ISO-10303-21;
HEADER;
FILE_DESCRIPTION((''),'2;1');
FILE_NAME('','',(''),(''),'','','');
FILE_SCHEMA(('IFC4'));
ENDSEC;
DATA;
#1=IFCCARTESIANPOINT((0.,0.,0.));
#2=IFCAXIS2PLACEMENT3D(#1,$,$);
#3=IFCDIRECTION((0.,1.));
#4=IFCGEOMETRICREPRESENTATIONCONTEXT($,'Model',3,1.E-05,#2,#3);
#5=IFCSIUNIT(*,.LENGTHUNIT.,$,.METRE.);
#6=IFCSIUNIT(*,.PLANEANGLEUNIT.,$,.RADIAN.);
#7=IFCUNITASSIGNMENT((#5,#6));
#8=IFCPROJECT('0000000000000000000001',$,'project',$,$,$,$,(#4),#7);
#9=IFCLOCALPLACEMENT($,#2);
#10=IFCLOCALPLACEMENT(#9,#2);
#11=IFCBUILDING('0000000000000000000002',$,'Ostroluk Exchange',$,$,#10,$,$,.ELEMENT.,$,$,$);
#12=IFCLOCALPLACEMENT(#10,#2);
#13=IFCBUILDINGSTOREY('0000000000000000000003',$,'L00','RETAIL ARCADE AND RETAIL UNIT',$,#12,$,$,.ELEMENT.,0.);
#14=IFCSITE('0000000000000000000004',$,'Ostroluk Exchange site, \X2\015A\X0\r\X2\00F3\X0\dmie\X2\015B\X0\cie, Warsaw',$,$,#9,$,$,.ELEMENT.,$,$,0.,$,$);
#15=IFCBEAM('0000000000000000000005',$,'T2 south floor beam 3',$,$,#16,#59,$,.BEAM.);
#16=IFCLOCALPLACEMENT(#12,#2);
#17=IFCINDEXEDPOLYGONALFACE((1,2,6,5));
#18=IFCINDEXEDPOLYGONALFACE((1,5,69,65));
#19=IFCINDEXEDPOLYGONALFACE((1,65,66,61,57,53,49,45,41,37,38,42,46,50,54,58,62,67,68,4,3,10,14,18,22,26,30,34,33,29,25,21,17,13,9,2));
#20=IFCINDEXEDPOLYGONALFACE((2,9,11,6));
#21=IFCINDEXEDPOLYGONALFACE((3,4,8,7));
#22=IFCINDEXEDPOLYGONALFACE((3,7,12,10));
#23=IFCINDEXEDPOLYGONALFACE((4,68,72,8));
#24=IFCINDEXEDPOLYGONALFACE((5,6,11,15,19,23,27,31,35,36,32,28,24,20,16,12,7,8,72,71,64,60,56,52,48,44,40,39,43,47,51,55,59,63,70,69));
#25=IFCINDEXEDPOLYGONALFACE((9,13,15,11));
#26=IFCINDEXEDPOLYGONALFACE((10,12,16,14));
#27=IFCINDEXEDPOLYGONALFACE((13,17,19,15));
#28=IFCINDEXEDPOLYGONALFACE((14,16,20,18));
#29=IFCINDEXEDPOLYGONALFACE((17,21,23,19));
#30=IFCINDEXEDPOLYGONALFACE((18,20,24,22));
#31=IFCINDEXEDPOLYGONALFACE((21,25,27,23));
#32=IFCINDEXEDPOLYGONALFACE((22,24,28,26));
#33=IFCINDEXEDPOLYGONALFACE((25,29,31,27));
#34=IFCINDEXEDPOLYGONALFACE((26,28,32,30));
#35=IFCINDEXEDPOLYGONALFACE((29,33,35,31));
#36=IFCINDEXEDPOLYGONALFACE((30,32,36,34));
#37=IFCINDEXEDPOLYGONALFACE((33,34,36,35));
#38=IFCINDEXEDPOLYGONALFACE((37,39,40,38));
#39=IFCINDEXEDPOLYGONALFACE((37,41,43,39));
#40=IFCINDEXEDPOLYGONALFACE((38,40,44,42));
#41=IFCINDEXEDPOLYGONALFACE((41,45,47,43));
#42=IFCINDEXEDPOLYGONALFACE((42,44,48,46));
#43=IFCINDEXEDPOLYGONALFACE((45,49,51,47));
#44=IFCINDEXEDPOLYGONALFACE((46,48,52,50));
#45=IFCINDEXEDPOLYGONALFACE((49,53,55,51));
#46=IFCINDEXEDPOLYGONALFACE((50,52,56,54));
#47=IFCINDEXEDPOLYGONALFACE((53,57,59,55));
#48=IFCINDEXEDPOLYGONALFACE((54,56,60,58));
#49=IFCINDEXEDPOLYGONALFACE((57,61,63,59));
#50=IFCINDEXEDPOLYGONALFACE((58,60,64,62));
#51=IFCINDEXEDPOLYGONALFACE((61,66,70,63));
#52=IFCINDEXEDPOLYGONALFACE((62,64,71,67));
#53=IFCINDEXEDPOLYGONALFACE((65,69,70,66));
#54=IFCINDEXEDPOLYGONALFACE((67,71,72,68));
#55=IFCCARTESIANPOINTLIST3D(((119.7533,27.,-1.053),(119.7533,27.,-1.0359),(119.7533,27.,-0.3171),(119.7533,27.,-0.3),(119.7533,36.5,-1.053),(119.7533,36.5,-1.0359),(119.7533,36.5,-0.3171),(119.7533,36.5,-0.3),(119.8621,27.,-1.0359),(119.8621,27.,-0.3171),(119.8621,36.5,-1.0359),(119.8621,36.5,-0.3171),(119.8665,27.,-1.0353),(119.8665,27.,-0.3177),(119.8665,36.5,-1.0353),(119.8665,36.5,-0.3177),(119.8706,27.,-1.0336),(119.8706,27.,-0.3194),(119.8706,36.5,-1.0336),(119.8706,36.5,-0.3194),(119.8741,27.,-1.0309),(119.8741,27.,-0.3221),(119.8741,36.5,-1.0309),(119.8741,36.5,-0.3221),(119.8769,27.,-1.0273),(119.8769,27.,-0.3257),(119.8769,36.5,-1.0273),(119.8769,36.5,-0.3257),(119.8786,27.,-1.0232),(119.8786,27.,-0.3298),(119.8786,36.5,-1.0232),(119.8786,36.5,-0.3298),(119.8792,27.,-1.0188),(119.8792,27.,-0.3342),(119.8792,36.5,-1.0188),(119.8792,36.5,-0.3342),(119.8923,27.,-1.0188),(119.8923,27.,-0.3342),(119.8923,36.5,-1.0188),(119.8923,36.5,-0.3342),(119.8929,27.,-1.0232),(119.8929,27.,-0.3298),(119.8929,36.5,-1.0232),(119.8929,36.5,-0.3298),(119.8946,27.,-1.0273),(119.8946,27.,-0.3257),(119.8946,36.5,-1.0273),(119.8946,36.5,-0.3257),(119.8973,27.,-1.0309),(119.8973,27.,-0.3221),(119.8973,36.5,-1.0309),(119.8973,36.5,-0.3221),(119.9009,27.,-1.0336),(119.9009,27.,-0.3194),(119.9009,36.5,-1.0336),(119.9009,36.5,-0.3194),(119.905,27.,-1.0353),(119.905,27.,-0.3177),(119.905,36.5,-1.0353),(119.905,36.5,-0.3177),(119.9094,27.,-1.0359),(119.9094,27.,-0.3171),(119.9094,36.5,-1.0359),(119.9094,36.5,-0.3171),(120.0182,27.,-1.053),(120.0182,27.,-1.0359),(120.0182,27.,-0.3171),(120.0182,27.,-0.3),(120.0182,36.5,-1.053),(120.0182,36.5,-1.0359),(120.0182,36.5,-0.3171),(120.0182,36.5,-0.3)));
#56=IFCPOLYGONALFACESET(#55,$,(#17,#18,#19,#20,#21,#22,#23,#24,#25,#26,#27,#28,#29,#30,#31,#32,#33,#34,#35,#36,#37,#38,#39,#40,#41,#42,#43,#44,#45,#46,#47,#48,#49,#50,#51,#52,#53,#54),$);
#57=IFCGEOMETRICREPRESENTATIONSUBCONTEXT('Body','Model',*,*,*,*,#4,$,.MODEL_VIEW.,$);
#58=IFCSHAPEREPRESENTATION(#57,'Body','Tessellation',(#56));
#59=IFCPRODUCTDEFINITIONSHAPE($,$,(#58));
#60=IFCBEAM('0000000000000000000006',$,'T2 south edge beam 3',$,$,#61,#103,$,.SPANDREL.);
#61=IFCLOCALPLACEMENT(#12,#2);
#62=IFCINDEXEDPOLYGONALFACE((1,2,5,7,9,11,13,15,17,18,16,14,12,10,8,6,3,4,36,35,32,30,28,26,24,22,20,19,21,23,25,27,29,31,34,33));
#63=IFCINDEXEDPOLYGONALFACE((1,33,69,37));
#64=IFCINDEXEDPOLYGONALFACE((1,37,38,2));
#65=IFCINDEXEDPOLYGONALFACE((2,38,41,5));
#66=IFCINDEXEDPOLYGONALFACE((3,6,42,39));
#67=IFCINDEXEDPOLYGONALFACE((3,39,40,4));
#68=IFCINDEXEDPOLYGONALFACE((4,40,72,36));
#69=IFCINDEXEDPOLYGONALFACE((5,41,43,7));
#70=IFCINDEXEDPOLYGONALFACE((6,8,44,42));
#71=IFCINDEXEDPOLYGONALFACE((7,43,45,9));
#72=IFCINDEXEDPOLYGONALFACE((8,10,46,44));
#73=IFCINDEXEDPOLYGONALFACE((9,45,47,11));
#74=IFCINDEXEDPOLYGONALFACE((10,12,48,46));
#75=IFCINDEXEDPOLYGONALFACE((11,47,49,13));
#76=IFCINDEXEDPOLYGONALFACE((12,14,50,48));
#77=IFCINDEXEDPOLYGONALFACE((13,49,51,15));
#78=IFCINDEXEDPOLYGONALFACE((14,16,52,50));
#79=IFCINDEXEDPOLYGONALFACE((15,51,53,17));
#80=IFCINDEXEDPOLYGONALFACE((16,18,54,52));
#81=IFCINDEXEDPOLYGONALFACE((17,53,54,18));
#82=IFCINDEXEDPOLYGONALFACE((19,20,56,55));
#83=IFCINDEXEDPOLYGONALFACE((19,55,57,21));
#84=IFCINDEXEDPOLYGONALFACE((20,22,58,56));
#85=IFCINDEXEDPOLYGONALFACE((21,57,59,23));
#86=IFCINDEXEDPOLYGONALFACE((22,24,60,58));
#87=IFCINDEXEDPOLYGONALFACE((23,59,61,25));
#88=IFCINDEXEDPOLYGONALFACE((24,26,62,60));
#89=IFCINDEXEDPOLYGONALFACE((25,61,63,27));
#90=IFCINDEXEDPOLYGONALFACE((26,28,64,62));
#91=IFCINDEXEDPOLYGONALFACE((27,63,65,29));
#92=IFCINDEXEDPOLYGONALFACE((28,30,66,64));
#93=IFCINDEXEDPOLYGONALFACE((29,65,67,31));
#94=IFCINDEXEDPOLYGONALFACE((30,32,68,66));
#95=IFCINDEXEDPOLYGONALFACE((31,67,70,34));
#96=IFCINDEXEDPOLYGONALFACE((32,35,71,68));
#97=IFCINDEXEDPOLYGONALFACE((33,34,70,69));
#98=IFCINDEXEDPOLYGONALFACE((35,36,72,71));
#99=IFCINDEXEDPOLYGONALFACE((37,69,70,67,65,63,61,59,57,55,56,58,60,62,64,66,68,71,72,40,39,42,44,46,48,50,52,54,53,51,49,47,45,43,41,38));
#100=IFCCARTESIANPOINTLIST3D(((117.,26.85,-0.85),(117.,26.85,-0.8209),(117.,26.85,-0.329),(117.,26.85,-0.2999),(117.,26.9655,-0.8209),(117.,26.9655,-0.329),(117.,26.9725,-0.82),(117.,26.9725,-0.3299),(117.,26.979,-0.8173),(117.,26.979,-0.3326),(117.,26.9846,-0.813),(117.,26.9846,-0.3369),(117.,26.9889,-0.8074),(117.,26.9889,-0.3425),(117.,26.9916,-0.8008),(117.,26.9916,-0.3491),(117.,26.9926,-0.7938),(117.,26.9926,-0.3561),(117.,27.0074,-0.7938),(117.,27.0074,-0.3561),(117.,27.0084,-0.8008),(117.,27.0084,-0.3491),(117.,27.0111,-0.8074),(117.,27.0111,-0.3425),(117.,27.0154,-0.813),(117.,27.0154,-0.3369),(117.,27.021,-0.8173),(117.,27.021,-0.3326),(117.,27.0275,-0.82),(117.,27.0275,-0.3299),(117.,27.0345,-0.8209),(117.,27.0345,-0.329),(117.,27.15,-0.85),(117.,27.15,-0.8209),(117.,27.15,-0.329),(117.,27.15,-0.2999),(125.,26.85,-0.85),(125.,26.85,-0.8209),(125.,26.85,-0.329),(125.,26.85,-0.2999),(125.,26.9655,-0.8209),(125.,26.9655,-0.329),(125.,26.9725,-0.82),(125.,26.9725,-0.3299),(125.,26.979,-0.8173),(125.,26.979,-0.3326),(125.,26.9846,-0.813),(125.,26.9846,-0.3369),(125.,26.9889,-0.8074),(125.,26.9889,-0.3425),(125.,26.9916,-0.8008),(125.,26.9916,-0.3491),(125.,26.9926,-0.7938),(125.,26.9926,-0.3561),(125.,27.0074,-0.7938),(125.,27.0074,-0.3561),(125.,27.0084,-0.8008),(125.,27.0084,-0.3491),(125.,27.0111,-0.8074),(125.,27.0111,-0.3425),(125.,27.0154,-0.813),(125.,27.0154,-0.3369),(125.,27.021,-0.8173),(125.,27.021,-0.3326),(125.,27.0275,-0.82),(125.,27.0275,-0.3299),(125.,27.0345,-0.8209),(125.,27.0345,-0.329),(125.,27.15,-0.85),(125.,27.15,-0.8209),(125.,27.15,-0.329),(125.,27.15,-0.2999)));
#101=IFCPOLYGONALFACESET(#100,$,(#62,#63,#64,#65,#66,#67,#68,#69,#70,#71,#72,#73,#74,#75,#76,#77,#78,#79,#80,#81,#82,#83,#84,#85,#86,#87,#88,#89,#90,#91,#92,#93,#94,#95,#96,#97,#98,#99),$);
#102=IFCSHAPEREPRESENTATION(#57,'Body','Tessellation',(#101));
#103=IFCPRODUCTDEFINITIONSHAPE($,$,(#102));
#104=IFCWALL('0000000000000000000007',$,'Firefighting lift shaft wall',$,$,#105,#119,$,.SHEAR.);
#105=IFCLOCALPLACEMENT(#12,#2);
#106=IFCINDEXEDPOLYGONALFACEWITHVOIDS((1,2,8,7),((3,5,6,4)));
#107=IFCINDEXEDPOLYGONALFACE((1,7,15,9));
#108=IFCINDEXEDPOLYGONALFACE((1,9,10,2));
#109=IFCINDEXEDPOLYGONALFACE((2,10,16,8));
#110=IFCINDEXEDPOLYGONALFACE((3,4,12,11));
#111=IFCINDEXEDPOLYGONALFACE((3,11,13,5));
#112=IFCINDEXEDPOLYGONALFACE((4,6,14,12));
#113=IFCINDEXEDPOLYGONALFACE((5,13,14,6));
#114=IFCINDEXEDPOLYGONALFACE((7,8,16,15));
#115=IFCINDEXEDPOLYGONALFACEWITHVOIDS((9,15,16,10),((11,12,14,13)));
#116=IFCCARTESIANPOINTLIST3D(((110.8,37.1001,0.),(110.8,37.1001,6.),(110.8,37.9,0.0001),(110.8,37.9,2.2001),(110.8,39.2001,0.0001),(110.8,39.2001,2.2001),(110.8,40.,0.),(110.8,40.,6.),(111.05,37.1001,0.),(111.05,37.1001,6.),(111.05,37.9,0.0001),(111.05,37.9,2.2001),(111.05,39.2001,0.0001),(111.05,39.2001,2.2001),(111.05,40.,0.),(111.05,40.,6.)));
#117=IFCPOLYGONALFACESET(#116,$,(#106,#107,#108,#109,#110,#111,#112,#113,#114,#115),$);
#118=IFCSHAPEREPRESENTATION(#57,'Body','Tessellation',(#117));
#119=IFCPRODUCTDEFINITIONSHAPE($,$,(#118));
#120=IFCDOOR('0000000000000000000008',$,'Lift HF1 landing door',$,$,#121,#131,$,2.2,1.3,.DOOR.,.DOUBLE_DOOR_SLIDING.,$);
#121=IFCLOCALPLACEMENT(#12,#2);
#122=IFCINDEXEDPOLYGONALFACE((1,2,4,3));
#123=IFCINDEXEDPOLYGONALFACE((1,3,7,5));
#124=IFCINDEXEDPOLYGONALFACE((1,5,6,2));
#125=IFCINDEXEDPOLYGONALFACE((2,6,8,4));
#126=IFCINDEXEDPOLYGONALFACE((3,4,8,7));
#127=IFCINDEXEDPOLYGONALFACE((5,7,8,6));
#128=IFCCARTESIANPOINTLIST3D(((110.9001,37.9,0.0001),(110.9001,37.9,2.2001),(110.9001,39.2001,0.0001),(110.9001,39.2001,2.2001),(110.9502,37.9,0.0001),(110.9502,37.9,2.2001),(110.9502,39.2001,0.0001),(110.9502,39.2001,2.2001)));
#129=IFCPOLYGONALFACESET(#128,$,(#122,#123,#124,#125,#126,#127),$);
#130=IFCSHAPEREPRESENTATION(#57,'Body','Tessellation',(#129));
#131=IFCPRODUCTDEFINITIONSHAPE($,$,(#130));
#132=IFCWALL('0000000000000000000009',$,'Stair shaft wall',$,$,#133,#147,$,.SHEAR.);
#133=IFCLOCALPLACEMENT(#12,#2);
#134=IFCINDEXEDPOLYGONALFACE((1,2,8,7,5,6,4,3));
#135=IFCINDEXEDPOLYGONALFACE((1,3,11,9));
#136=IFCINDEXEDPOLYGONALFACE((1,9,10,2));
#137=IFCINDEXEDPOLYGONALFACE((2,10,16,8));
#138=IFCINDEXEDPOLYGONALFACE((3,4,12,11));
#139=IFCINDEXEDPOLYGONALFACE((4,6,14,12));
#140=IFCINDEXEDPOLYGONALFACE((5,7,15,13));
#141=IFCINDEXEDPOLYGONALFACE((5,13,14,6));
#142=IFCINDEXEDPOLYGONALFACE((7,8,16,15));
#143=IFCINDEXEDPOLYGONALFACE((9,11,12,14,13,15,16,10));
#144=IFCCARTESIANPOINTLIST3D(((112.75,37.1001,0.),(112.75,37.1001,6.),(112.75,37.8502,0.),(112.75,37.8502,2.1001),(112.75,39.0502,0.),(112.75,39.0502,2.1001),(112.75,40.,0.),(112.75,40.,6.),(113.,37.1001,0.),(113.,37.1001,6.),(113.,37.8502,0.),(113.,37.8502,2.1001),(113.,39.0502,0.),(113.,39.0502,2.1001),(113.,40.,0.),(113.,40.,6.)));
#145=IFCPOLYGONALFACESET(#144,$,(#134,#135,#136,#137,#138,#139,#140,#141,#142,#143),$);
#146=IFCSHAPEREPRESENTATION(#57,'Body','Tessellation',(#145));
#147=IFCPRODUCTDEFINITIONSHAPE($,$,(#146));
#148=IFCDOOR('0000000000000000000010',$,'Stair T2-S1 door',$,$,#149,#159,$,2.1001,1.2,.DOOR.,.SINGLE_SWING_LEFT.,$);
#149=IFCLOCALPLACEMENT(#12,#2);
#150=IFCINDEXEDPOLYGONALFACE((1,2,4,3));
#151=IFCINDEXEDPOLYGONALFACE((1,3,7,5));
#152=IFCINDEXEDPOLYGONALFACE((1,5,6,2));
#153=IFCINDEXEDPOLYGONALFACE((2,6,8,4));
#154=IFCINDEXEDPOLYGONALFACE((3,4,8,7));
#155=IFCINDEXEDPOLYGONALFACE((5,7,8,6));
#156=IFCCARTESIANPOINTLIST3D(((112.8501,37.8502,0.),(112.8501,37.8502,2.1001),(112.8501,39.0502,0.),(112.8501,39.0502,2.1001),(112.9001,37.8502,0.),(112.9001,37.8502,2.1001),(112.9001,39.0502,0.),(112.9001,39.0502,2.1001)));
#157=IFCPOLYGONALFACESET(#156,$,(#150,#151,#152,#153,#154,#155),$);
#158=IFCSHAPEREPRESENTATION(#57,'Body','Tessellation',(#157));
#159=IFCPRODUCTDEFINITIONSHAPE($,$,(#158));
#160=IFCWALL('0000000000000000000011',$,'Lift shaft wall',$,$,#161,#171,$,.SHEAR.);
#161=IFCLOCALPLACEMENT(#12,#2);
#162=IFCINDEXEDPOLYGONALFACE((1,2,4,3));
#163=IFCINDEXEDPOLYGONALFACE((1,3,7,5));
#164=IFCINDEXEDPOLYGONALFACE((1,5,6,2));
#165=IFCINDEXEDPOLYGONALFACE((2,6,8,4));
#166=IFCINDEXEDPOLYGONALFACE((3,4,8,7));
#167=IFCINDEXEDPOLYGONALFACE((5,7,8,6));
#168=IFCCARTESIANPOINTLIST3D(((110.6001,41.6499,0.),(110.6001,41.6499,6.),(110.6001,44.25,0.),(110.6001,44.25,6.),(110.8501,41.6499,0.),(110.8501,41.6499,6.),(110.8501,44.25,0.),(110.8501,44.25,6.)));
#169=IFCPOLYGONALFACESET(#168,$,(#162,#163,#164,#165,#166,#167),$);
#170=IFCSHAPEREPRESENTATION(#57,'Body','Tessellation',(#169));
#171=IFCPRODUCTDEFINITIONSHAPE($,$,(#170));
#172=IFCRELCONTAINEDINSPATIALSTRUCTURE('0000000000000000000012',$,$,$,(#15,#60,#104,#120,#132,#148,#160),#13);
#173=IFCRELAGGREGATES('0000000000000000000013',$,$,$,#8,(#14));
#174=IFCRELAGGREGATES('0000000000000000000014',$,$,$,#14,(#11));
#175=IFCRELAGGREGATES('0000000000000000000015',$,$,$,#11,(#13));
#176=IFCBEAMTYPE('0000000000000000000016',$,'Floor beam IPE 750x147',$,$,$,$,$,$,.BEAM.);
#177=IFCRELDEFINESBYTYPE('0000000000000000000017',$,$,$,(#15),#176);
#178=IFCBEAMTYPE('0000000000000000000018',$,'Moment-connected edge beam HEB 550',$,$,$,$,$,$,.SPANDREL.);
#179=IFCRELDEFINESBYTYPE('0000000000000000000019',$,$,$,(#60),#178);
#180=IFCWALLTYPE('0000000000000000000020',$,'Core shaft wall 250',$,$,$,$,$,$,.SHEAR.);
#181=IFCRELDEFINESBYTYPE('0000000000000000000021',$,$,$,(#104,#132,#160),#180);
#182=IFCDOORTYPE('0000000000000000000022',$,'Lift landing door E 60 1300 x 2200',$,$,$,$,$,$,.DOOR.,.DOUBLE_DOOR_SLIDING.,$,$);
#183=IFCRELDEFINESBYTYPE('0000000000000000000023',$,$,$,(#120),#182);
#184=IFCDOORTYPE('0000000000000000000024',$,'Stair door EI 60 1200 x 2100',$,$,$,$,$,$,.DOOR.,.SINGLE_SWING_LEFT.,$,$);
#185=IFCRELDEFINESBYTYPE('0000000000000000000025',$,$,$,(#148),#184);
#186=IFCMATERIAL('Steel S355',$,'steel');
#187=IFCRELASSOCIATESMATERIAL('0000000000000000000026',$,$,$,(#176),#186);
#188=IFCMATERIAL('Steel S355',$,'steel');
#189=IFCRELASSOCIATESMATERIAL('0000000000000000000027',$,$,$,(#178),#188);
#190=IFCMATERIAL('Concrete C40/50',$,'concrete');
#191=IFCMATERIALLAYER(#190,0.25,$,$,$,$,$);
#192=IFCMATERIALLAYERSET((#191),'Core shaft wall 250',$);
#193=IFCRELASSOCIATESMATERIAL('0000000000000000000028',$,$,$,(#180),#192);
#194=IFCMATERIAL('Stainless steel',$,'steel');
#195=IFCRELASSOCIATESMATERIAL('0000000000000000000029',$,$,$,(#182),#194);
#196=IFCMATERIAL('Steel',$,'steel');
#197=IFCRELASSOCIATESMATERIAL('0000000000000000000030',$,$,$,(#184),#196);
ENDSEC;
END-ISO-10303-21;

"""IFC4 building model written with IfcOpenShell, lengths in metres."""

from ifc_helpers import new_model, si_unit, direction, frame, frame_2d, origin, origin_2d, place, context, subcontext, project, spatial, rectangle, i_section, extrude, material, layer, layer_set, material_profile, profile_set, type_object, element, fill, save


model = new_model("IFC4")

# Units and contexts
model_context = context("Model", 3, precision=1e-05, world=origin(), true_north=direction((0.0, 1.0)))
body_context = subcontext(model_context, "Body", "Model", "MODEL_VIEW")
ifc_project = project(units=[si_unit("LENGTHUNIT", "METRE"), si_unit("PLANEANGLEUNIT", "RADIAN")], contexts=[model_context])

# Site, building, storey
site_placement = place(None, origin())
site = spatial("IfcSite", under=ifc_project, at=site_placement, Name="Ostroluk Exchange site, Śródmieście, Warsaw", CompositionType="ELEMENT", RefElevation=0.0)
building_placement = place(site_placement, origin())
building = spatial("IfcBuilding", under=site, at=building_placement, Name="Ostroluk Exchange", CompositionType="ELEMENT")
storey_placement = place(building_placement, origin())
storey = spatial("IfcBuildingStorey", under=building, at=storey_placement, Name="L00", Description="RETAIL ARCADE AND RETAIL UNIT", CompositionType="ELEMENT", Elevation=0.0)

# Beams
ifc_material_1 = material(Name="Steel S355", Category="steel")
ifc_material_profile_1 = material_profile(ifc_material_1, i_section(OverallWidth=0.2649, OverallDepth=0.7529, WebThickness=0.0132, FlangeThickness=0.0171, FilletRadius=0.0171, at=origin_2d()), Name="IPE 750x147")
ifc_profile_set_1 = profile_set([ifc_material_profile_1], Name="Steel S355")
beam_type_1 = type_object("IfcBeamType", Name="Floor beam IPE 750x147", PredefinedType="BEAM", material=ifc_profile_set_1)
for number, where, z_axis, x_axis, name in (
    (1, (119.8857, 36.5, -0.6765), (0.0, -1.0, 0.0), (1.0, 0.0, 0.0), "T2 south floor beam 3"),
):
    element("IfcBeam", number, at=place(storey_placement, frame(where, z_axis=z_axis, x_axis=x_axis)), inside=storey, type_object=beam_type_1, Name=name, PredefinedType="BEAM", context=body_context, shape_type="SweptSolid", body=[
        extrude(i_section(OverallWidth=0.2649, OverallDepth=0.7529, WebThickness=0.0132, FlangeThickness=0.0171, FilletRadius=0.0171, at=origin_2d()), origin(), (0.0, 0.0, 1.0), 9.5),
    ])
ifc_material_2 = material(Name="Steel S355", Category="steel")
ifc_material_profile_2 = material_profile(ifc_material_2, i_section(OverallWidth=0.3, OverallDepth=0.55, WebThickness=0.0149, FlangeThickness=0.0291, FilletRadius=0.0271, at=origin_2d()), Name="HEB 550")
ifc_profile_set_2 = profile_set([ifc_material_profile_2], Name="Steel S355")
beam_type_2 = type_object("IfcBeamType", Name="Moment-connected edge beam HEB 550", PredefinedType="SPANDREL", material=ifc_profile_set_2)
beam_placement = place(storey_placement, frame((117.0, 27.0, -0.575), z_axis=(1.0, 0.0, 0.0), x_axis=(0.0, 1.0, 0.0)))
element("IfcBeam", 2, at=beam_placement, inside=storey, type_object=beam_type_2, Name="T2 south edge beam 3", PredefinedType="SPANDREL", context=body_context, shape_type="SweptSolid", body=[
    extrude(i_section(OverallWidth=0.3, OverallDepth=0.55, WebThickness=0.0149, FlangeThickness=0.0291, FilletRadius=0.0271, at=origin_2d()), origin(), (0.0, 0.0, 1.0), 8.0),
])

# Walls, openings, doors
ifc_material_3 = material(Name="Concrete C40/50", Category="concrete")
ifc_layer_1 = layer(ifc_material_3, 0.25)
ifc_layer_set_1 = layer_set([ifc_layer_1], Name="Core shaft wall 250")
wall_type_1 = type_object("IfcWallType", Name="Core shaft wall 250", PredefinedType="SHEAR", material=ifc_layer_set_1)
wall_1_placement = place(storey_placement, frame((110.925, 37.1001, 0.0), z_axis=(0.0, 0.0, 1.0), x_axis=(0.0, 1.0, 0.0)))
wall_1 = element("IfcWall", 3, at=wall_1_placement, inside=storey, type_object=wall_type_1, Name="Firefighting lift shaft wall", PredefinedType="SHEAR", context=body_context, shape_type="SweptSolid", body=[
    extrude(rectangle(XDim=2.8999, YDim=0.25, at=frame_2d((1.45, 0.0))), origin(), (0.0, 0.0, 1.0), 6.0),
])
opening_1_placement = place(wall_1_placement, frame((0.8, 0.0, 0.0)))
opening_1 = element("IfcOpeningElement", 4, at=opening_1_placement, cuts=wall_1, PredefinedType="OPENING", context=body_context, shape_type="SweptSolid", body=[
    extrude(rectangle(XDim=1.3, YDim=2.2, at=frame_2d((0.6499, 1.1001))), frame((0.0, 0.135, 0.0), z_axis=(0.0, -1.0, 0.0), x_axis=(1.0, 0.0, 0.0)), (0.0, 0.0, 1.0), 0.27),
])
ifc_material_4 = material(Name="Stainless steel", Category="steel")
door_type_1 = type_object("IfcDoorType", Name="Lift landing door E 60 1300 x 2200", OperationType="DOUBLE_DOOR_SLIDING", PredefinedType="DOOR", material=ifc_material_4)
door_1_placement = place(opening_1_placement, origin())
door_1 = element("IfcDoor", 5, at=door_1_placement, inside=storey, type_object=door_type_1, Name="Lift HF1 landing door", OperationType="DOUBLE_DOOR_SLIDING", OverallHeight=2.2, OverallWidth=1.3, PredefinedType="DOOR", context=body_context, shape_type="SweptSolid", body=[
    extrude(rectangle(XDim=1.3, YDim=2.2, at=frame_2d((0.6499, 1.1001))), frame((0.0, 0.0249, 0.0), z_axis=(0.0, -1.0, 0.0), x_axis=(1.0, 0.0, 0.0)), (0.0, 0.0, 1.0), 0.05),
])
fill(opening_1, door_1)
wall_2_placement = place(storey_placement, frame((112.875, 37.1001, 0.0), z_axis=(0.0, 0.0, 1.0), x_axis=(0.0, 1.0, 0.0)))
wall_2 = element("IfcWall", 6, at=wall_2_placement, inside=storey, type_object=wall_type_1, Name="Stair shaft wall", PredefinedType="SHEAR", context=body_context, shape_type="SweptSolid", body=[
    extrude(rectangle(XDim=2.8999, YDim=0.25, at=frame_2d((1.45, 0.0))), origin(), (0.0, 0.0, 1.0), 6.0),
])
opening_2_placement = place(wall_2_placement, frame((0.75, 0.0, 0.0)))
opening_2 = element("IfcOpeningElement", 7, at=opening_2_placement, cuts=wall_2, PredefinedType="OPENING", context=body_context, shape_type="SweptSolid", body=[
    extrude(rectangle(XDim=1.2, YDim=2.1001, at=frame_2d((0.6001, 1.05))), frame((0.0, 0.135, 0.0), z_axis=(0.0, -1.0, 0.0), x_axis=(1.0, 0.0, 0.0)), (0.0, 0.0, 1.0), 0.27),
])
ifc_material_5 = material(Name="Steel", Category="steel")
door_type_2 = type_object("IfcDoorType", Name="Stair door EI 60 1200 x 2100", OperationType="SINGLE_SWING_LEFT", PredefinedType="DOOR", material=ifc_material_5)
door_2_placement = place(opening_2_placement, origin())
door_2 = element("IfcDoor", 8, at=door_2_placement, inside=storey, type_object=door_type_2, Name="Stair T2-S1 door", OperationType="SINGLE_SWING_LEFT", OverallHeight=2.1001, OverallWidth=1.2, PredefinedType="DOOR", context=body_context, shape_type="SweptSolid", body=[
    extrude(rectangle(XDim=1.2, YDim=2.1001, at=frame_2d((0.6001, 1.05))), frame((0.0, 0.0249, 0.0), z_axis=(0.0, -1.0, 0.0), x_axis=(1.0, 0.0, 0.0)), (0.0, 0.0, 1.0), 0.05),
])
fill(opening_2, door_2)

# Wall
for number, where, z_axis, x_axis, name in (
    (9, (110.7251, 44.25, 0.0), (0.0, 0.0, 1.0), (0.0, -1.0, 0.0), "Lift shaft wall"),
):
    element("IfcWall", number, at=place(storey_placement, frame(where, z_axis=z_axis, x_axis=x_axis)), inside=storey, type_object=wall_type_1, Name=name, PredefinedType="SHEAR", context=body_context, shape_type="SweptSolid", body=[
        extrude(rectangle(XDim=2.6001, YDim=0.25, at=frame_2d((1.3, 0.0))), origin(), (0.0, 0.0, 1.0), 6.0),
    ])

save(model, "model.ifc")
